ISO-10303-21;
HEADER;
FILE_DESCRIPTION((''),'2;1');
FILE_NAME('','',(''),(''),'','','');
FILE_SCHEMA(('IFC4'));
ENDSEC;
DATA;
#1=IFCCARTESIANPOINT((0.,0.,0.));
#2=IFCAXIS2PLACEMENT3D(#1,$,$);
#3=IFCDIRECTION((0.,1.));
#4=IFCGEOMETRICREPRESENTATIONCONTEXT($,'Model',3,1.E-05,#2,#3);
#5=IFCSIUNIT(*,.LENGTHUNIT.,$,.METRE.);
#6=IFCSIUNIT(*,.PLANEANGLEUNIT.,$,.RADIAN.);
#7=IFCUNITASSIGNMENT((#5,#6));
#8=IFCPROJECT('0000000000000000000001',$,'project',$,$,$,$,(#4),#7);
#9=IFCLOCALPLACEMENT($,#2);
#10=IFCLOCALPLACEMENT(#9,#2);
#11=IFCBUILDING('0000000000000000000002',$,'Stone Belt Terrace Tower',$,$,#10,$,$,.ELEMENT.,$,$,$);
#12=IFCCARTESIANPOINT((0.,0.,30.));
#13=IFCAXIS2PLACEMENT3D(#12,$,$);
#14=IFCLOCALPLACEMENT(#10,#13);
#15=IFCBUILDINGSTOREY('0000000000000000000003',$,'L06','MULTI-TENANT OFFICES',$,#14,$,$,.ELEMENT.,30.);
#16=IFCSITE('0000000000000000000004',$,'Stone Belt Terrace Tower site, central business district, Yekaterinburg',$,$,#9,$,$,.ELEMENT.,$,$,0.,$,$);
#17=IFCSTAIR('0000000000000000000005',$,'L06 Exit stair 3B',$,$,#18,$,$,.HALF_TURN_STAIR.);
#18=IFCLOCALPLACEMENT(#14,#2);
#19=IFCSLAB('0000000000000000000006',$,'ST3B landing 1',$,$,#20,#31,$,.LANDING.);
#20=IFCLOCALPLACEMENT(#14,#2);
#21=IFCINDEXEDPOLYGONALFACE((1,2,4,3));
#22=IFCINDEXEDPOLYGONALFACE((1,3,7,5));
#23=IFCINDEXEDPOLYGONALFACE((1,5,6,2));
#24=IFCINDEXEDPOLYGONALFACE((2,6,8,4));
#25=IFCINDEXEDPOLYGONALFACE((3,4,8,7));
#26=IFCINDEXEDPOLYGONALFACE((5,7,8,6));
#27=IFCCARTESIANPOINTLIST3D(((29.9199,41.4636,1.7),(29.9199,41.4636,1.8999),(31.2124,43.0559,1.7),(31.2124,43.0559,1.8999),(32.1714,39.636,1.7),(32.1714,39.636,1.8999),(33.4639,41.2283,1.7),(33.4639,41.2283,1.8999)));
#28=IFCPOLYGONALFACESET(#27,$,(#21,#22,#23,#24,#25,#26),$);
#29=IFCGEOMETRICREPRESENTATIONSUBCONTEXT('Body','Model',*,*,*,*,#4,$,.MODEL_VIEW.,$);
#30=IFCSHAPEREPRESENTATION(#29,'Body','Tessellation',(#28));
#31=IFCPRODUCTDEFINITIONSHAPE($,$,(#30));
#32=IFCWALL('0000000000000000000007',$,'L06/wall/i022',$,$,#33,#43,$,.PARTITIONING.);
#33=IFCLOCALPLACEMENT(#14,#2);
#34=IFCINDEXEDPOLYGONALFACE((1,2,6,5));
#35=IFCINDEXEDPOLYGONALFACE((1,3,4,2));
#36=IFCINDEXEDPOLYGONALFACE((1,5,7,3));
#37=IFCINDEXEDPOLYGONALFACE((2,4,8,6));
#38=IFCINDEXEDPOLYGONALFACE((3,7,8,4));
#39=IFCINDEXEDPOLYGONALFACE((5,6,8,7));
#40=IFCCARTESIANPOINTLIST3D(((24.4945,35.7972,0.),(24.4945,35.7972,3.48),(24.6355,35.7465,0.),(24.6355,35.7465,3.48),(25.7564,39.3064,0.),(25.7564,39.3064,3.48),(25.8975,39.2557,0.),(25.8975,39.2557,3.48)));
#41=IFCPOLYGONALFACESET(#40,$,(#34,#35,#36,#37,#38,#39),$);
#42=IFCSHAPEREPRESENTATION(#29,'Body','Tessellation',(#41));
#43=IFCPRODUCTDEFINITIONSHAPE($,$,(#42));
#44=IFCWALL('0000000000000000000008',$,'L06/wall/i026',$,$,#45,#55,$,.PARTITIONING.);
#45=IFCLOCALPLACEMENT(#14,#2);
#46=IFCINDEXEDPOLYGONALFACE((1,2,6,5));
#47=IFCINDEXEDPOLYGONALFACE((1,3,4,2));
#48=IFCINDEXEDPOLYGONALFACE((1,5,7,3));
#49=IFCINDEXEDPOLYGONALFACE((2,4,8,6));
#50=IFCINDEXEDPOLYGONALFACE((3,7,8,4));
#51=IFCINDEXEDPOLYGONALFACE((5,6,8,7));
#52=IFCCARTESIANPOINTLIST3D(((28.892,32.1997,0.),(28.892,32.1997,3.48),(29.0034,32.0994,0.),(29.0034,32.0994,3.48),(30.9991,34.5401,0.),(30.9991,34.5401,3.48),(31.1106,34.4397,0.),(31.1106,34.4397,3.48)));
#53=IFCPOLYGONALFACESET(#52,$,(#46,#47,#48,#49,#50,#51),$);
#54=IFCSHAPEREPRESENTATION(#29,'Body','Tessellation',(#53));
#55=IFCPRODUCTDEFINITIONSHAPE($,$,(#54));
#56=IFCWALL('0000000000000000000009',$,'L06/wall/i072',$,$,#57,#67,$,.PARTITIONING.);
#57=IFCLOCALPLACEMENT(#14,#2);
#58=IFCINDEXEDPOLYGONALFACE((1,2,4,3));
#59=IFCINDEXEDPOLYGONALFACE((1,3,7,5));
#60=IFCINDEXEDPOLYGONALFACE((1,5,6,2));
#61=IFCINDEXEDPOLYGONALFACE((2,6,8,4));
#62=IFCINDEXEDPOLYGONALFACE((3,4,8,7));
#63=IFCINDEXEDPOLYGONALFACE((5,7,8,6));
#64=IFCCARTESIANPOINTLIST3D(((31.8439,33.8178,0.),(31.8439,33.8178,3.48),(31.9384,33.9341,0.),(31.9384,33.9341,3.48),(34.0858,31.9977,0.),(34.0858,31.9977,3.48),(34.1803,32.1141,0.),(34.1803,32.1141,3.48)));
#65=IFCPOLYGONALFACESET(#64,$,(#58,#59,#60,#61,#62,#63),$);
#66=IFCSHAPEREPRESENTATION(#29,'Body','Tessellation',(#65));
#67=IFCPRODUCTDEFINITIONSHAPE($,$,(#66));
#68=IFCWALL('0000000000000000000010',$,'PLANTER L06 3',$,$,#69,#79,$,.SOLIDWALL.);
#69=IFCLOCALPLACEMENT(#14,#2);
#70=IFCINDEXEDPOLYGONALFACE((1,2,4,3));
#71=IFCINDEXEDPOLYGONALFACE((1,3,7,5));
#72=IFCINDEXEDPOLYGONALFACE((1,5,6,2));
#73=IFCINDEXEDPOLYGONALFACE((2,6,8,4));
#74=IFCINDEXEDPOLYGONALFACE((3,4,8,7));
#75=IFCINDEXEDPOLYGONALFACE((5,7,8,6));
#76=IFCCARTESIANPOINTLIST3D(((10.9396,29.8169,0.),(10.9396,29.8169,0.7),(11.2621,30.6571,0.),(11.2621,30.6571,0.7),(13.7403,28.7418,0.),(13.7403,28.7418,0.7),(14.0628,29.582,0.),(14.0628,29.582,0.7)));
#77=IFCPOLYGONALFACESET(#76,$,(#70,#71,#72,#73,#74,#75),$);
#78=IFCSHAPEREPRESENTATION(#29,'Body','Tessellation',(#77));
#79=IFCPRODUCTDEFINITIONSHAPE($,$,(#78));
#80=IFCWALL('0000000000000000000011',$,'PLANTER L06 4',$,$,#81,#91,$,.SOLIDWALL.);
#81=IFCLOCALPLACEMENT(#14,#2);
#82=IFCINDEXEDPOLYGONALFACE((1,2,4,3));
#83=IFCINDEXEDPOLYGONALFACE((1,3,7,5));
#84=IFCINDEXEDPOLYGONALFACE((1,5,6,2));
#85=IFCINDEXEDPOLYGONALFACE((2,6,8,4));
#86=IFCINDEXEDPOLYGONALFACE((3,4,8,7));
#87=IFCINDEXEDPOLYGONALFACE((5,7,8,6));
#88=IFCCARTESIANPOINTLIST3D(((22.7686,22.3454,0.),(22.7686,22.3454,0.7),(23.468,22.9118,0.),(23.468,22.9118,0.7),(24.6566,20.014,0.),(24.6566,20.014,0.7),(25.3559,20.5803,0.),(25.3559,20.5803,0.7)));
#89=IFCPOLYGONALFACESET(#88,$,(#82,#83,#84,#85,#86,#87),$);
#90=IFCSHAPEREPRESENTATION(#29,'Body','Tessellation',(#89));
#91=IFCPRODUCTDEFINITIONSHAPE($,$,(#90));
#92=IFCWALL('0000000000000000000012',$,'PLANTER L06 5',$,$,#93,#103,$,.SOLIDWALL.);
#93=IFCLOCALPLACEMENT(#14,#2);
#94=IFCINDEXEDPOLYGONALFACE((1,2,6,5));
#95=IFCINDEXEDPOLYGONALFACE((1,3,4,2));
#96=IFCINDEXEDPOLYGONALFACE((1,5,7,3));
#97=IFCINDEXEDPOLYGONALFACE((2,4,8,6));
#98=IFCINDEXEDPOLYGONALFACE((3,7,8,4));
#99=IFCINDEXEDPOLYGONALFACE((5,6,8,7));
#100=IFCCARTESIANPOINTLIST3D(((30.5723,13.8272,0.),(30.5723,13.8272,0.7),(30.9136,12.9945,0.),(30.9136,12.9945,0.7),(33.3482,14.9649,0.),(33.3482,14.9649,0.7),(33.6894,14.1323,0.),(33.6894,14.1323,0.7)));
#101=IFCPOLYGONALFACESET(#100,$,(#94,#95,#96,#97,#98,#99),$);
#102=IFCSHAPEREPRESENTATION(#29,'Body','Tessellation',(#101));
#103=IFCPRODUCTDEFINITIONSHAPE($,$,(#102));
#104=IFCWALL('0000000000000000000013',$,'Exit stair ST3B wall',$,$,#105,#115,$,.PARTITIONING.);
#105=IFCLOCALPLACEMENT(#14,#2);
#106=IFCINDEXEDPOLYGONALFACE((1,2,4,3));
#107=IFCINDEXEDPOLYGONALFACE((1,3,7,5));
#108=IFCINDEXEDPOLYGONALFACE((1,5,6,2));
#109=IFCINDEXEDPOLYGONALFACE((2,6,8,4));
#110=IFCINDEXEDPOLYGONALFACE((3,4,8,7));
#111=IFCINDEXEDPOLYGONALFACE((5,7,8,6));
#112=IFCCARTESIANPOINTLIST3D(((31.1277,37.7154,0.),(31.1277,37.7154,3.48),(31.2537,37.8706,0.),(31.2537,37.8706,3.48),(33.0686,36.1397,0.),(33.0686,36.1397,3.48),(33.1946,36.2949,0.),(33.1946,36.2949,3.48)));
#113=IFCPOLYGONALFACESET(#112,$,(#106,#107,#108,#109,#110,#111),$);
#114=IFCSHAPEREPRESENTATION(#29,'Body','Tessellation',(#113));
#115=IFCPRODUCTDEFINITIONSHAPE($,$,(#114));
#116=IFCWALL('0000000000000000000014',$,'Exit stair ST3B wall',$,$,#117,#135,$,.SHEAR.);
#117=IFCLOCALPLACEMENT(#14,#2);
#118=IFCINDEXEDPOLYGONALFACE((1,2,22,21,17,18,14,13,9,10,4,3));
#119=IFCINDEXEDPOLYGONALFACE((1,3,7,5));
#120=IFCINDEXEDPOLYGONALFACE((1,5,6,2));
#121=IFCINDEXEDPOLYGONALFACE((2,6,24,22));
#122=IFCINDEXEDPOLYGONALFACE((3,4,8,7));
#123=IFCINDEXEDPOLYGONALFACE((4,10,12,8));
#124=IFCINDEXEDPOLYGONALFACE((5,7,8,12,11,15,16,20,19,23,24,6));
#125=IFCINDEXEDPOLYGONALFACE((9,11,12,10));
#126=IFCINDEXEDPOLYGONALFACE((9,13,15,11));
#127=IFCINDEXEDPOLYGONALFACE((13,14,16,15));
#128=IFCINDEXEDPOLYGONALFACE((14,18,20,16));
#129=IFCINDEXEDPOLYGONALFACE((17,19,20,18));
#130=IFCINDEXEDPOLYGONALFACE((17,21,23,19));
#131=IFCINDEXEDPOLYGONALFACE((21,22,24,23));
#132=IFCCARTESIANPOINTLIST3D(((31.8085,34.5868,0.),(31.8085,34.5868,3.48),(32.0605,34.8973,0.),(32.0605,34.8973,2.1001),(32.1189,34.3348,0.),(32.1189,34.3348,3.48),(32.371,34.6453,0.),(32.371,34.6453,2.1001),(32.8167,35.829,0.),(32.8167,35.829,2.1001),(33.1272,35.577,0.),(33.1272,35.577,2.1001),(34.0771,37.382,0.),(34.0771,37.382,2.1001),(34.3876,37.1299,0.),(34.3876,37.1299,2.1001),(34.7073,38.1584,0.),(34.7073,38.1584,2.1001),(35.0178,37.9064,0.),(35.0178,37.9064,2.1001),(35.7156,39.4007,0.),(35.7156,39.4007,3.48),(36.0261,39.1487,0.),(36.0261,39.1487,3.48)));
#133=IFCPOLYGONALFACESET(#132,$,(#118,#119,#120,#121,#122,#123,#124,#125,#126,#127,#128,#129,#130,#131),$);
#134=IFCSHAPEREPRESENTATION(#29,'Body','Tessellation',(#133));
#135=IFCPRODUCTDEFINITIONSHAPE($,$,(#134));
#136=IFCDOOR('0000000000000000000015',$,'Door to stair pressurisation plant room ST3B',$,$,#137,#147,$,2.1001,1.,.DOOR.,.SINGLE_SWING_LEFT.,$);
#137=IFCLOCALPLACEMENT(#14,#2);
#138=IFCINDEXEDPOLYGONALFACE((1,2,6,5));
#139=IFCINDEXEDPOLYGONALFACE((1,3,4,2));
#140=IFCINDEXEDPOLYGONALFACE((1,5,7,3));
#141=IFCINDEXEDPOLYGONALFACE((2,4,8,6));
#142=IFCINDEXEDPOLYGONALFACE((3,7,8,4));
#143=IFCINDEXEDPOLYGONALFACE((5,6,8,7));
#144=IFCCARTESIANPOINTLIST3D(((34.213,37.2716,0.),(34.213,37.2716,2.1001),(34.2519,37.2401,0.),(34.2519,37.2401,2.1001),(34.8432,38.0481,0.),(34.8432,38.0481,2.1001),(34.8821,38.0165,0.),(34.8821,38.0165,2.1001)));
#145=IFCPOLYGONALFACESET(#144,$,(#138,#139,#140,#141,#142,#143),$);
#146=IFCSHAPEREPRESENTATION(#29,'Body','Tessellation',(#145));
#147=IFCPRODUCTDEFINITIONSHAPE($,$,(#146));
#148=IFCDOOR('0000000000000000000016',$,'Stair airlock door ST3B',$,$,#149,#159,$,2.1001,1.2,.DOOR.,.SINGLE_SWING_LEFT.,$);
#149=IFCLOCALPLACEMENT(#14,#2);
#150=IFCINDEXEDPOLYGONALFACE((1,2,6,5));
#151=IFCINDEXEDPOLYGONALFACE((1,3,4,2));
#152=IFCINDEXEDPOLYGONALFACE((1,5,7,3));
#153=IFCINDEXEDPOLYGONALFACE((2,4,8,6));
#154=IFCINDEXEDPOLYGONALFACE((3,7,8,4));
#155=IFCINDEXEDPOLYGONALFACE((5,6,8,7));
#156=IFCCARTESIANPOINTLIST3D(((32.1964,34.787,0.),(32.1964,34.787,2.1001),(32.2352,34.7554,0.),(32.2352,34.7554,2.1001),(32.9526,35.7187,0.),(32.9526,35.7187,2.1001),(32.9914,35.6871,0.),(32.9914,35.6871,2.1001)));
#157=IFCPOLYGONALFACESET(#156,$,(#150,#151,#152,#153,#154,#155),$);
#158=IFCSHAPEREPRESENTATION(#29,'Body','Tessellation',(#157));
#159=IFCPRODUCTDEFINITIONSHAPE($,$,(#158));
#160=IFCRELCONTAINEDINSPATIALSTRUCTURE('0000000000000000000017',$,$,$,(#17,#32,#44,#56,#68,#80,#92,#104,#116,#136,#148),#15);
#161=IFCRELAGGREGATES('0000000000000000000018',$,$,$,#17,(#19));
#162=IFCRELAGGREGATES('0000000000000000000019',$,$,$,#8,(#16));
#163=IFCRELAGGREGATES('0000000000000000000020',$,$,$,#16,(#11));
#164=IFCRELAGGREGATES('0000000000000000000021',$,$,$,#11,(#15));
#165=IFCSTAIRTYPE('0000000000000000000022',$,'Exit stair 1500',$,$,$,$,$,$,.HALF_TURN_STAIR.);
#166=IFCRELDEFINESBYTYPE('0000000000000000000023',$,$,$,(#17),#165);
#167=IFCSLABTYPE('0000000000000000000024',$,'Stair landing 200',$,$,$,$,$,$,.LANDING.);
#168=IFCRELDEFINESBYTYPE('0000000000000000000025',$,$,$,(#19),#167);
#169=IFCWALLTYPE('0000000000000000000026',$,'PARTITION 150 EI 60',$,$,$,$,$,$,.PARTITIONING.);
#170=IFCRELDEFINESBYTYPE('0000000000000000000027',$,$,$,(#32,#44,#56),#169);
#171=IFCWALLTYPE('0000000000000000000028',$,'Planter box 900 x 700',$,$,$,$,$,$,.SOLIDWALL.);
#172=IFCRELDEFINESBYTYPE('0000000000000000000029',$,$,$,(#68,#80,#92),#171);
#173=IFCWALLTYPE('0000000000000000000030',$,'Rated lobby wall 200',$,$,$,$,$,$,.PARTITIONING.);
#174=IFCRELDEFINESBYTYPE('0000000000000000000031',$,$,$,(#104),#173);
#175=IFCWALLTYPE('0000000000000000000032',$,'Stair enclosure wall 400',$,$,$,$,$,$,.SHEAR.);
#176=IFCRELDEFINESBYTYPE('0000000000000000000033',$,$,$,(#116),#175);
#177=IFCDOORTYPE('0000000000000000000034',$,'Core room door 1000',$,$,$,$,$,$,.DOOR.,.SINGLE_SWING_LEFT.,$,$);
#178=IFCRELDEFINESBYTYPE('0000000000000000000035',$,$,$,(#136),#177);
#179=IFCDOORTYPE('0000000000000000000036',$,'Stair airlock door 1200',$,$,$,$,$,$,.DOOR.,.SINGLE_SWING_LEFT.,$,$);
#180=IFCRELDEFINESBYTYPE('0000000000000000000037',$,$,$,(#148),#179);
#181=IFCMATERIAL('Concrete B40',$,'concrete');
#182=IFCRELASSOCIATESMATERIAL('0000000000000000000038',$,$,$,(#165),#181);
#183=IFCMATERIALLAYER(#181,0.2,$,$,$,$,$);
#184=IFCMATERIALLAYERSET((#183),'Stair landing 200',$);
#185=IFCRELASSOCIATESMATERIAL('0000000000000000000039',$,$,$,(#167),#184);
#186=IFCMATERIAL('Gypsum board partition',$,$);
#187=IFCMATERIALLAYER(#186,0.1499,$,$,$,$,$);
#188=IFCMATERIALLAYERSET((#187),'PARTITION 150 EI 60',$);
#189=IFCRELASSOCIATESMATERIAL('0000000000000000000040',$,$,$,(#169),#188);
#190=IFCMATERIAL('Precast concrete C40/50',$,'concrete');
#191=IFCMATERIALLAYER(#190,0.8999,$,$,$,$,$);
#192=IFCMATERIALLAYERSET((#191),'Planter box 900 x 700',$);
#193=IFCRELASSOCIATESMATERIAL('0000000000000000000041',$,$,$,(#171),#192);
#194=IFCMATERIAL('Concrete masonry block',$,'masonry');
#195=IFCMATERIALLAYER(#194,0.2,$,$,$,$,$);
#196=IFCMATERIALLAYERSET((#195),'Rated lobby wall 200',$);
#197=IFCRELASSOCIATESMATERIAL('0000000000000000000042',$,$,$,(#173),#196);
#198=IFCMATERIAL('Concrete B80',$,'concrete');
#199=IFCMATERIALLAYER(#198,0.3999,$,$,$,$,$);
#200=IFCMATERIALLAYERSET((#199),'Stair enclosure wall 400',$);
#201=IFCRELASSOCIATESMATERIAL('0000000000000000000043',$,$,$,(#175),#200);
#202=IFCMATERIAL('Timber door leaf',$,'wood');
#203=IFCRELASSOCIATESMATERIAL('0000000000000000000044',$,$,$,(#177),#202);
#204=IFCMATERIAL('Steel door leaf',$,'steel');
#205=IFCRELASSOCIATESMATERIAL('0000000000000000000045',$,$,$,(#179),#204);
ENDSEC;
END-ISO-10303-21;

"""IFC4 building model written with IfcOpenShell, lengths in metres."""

from ifc_helpers import new_model, si_unit, direction, frame, frame_2d, origin, origin_2d, place, context, subcontext, project, spatial, polyline, rectangle, outline, extrude, material, layer, layer_set, type_object, element, fill, aggregate, save


model = new_model("IFC4")

# Units and contexts
model_context = context("Model", 3, precision=1e-05, world=origin(), true_north=direction((0.0, 1.0)))
body_context = subcontext(model_context, "Body", "Model", "MODEL_VIEW")
ifc_project = project(units=[si_unit("LENGTHUNIT", "METRE"), si_unit("PLANEANGLEUNIT", "RADIAN")], contexts=[model_context])

# Site, building, storey
site_placement = place(None, origin())
site = spatial("IfcSite", under=ifc_project, at=site_placement, Name="Stone Belt Terrace Tower site, central business district, Yekaterinburg", CompositionType="ELEMENT", RefElevation=0.0)
building_placement = place(site_placement, origin())
building = spatial("IfcBuilding", under=site, at=building_placement, Name="Stone Belt Terrace Tower", CompositionType="ELEMENT")
storey_placement = place(building_placement, frame((0.0, 0.0, 30.0)))
storey = spatial("IfcBuildingStorey", under=building, at=storey_placement, Name="L06", Description="MULTI-TENANT OFFICES", CompositionType="ELEMENT", Elevation=30.0)

# Shared definitions
ifc_material_1 = material(Name="Concrete B80", Category="concrete")

# Shared definitions
ifc_material_2 = material(Name="Concrete B40", Category="concrete")

# Stair, slab
stair_type = type_object("IfcStairType", Name="Exit stair 1500", PredefinedType="HALF_TURN_STAIR", material=ifc_material_2)
ifc_layer_1 = layer(ifc_material_2, 0.2)
ifc_layer_set_1 = layer_set([ifc_layer_1], Name="Stair landing 200")
slab_type_1 = type_object("IfcSlabType", Name="Stair landing 200", PredefinedType="LANDING", material=ifc_layer_set_1)
stair_1_placement = place(storey_placement, origin())
stair_1 = element("IfcStair", 1, at=stair_1_placement, inside=storey, type_object=stair_type, Name="L06 Exit stair 3B", PredefinedType="HALF_TURN_STAIR")
slab_1_placement = place(storey_placement, frame((0.0, 0.0, 1.7)))
slab_1 = element("IfcSlab", 2, at=slab_1_placement, type_object=slab_type_1, Name="ST3B landing 1", PredefinedType="LANDING", context=body_context, shape_type="SweptSolid", body=[
    extrude(outline(polyline([(32.1714, 39.636), (33.4639, 41.2283), (31.2124, 43.0559), (29.9199, 41.4636), (32.1714, 39.636)])), origin(), (0.0, 0.0, 1.0), 0.2),
])

# Walls
ifc_material_3 = material(Name="Gypsum board partition")
ifc_layer_2 = layer(ifc_material_3, 0.1499)
ifc_layer_set_2 = layer_set([ifc_layer_2], Name="PARTITION 150 EI 60")
wall_type_1 = type_object("IfcWallType", Name="PARTITION 150 EI 60", PredefinedType="PARTITIONING", material=ifc_layer_set_2)
wall_1_placement = place(storey_placement, frame((24.5649, 35.7717, 0.0), z_axis=(0.0, 0.0, 1.0), x_axis=(0.338393, 0.941005, 0.0)))
element("IfcWall", 3, at=wall_1_placement, inside=storey, type_object=wall_type_1, Name="L06/wall/i022", PredefinedType="PARTITIONING", context=body_context, shape_type="SweptSolid", body=[
    extrude(rectangle(XDim=3.7292, YDim=0.1499, at=frame_2d((1.8647, 0.0))), origin(), (0.0, 0.0, 1.0), 3.48),
])
wall_2_placement = place(storey_placement, frame((31.0549, 34.49, 0.0), z_axis=(0.0, 0.0, 1.0), x_axis=(-0.669119, -0.743155, 0.0)))
element("IfcWall", 4, at=wall_2_placement, inside=storey, type_object=wall_type_1, Name="L06/wall/i026", PredefinedType="PARTITIONING", context=body_context, shape_type="SweptSolid", body=[
    extrude(rectangle(XDim=3.1492, YDim=0.1499, at=frame_2d((1.5747, 0.0))), origin(), (0.0, 0.0, 1.0), 3.48),
])
wall_3_placement = place(storey_placement, frame((34.1331, 32.0559, 0.0), z_axis=(0.0, 0.0, 1.0), x_axis=(-0.77637, 0.630277, 0.0)))
element("IfcWall", 5, at=wall_3_placement, inside=storey, type_object=wall_type_1, Name="L06/wall/i072", PredefinedType="PARTITIONING", context=body_context, shape_type="SweptSolid", body=[
    extrude(rectangle(XDim=2.8877, YDim=0.1499, at=frame_2d((1.4438, 0.0))), origin(), (0.0, 0.0, 1.0), 3.48),
])
ifc_material_4 = material(Name="Precast concrete C40/50", Category="concrete")
ifc_layer_3 = layer(ifc_material_4, 0.8999)
ifc_layer_set_3 = layer_set([ifc_layer_3], Name="Planter box 900 x 700")
wall_type_2 = type_object("IfcWallType", Name="Planter box 900 x 700", PredefinedType="SOLIDWALL", material=ifc_layer_set_3)
for number, where, z_axis, x_axis, name in (
    (6, (12.5012, 29.6995, 0.0), (0.0, 0.0, 1.0), (0.93358, -0.358368, 0.0), "PLANTER L06 3"),
    (7, (24.0623, 21.4629, 0.0), (0.0, 0.0, 1.0), (0.62932, -0.777146, 0.0), "PLANTER L06 4"),
    (8, (32.1309, 13.9797, 0.0), (0.0, 0.0, 1.0), (0.925297, 0.379243, 0.0), "PLANTER L06 5"),
):
    element("IfcWall", number, at=place(storey_placement, frame(where, z_axis=z_axis, x_axis=x_axis)), inside=storey, type_object=wall_type_2, Name=name, PredefinedType="SOLIDWALL", context=body_context, shape_type="SweptSolid", body=[
        extrude(rectangle(XDim=3.0, YDim=0.8999, at=origin_2d()), origin(), (0.0, 0.0, 1.0), 0.7),
    ])
ifc_material_5 = material(Name="Concrete masonry block", Category="masonry")
ifc_layer_4 = layer(ifc_material_5, 0.2)
ifc_layer_set_4 = layer_set([ifc_layer_4], Name="Rated lobby wall 200")
wall_type_3 = type_object("IfcWallType", Name="Rated lobby wall 200", PredefinedType="PARTITIONING", material=ifc_layer_set_4)
wall_4_placement = place(storey_placement, frame((31.1907, 37.793, 0.0), z_axis=(0.0, 0.0, 1.0), x_axis=(0.776371, -0.630276, 0.0)))
element("IfcWall", 9, at=wall_4_placement, inside=storey, type_object=wall_type_3, Name="Exit stair ST3B wall", PredefinedType="PARTITIONING", context=body_context, shape_type="SweptSolid", body=[
    extrude(rectangle(XDim=2.5, YDim=0.2, at=frame_2d((1.25, 0.0))), origin(), (0.0, 0.0, 1.0), 3.48),
])

# Wall, openings, doors
ifc_layer_5 = layer(ifc_material_1, 0.3999)
ifc_layer_set_5 = layer_set([ifc_layer_5], Name="Stair enclosure wall 400")
wall_type_4 = type_object("IfcWallType", Name="Stair enclosure wall 400", PredefinedType="SHEAR", material=ifc_layer_set_5)
wall_5_placement = place(storey_placement, frame((31.9636, 34.4607, 0.0), z_axis=(0.0, 0.0, 1.0), x_axis=(0.630192, 0.776439, 0.0)))
wall_5 = element("IfcWall", 10, at=wall_5_placement, inside=storey, type_object=wall_type_4, Name="Exit stair ST3B wall", PredefinedType="SHEAR", context=body_context, shape_type="SweptSolid", body=[
    extrude(rectangle(XDim=6.2, YDim=0.3999, at=frame_2d((3.1001, 0.0))), origin(), (0.0, 0.0, 1.0), 3.48),
])
opening_1_placement = place(wall_5_placement, frame((0.3999, 0.0, 0.0)))
opening_1 = element("IfcOpeningElement", 11, at=opening_1_placement, cuts=wall_5, PredefinedType="OPENING", context=body_context, shape_type="SweptSolid", body=[
    extrude(rectangle(XDim=1.2, YDim=2.1001, at=frame_2d((0.6001, 1.05))), frame((0.0, 0.21, 0.0), z_axis=(0.0, -1.0, 0.0), x_axis=(1.0, 0.0, 0.0)), (0.0, 0.0, 1.0), 0.4199),
])
opening_2_placement = place(wall_5_placement, frame((3.6001, 0.0, 0.0)))
opening_2 = element("IfcOpeningElement", 12, at=opening_2_placement, cuts=wall_5, PredefinedType="OPENING", context=body_context, shape_type="SweptSolid", body=[
    extrude(rectangle(XDim=1.0, YDim=2.1001, at=frame_2d((0.5, 1.05))), frame((0.0, 0.21, 0.0), z_axis=(0.0, -1.0, 0.0), x_axis=(1.0, 0.0, 0.0)), (0.0, 0.0, 1.0), 0.4199),
])
ifc_material_6 = material(Name="Timber door leaf", Category="wood")
door_type_1 = type_object("IfcDoorType", Name="Core room door 1000", OperationType="SINGLE_SWING_LEFT", PredefinedType="DOOR", material=ifc_material_6)
door_1_placement = place(opening_2_placement, origin())
door_1 = element("IfcDoor", 13, at=door_1_placement, inside=storey, type_object=door_type_1, Name="Door to stair pressurisation plant room ST3B", OperationType="SINGLE_SWING_LEFT", OverallHeight=2.1001, OverallWidth=1.0, PredefinedType="DOOR", context=body_context, shape_type="SweptSolid", body=[
    extrude(rectangle(XDim=1.0, YDim=2.1001, at=frame_2d((0.5, 1.05))), frame((0.0, 0.0249, 0.0), z_axis=(0.0, -1.0, 0.0), x_axis=(1.0, 0.0, 0.0)), (0.0, 0.0, 1.0), 0.05),
])
fill(opening_2, door_1)
ifc_material_7 = material(Name="Steel door leaf", Category="steel")
door_type_2 = type_object("IfcDoorType", Name="Stair airlock door 1200", OperationType="SINGLE_SWING_LEFT", PredefinedType="DOOR", material=ifc_material_7)
door_2_placement = place(opening_1_placement, origin())
door_2 = element("IfcDoor", 14, at=door_2_placement, inside=storey, type_object=door_type_2, Name="Stair airlock door ST3B", OperationType="SINGLE_SWING_LEFT", OverallHeight=2.1001, OverallWidth=1.2, PredefinedType="DOOR", context=body_context, shape_type="SweptSolid", body=[
    extrude(rectangle(XDim=1.2, YDim=2.1001, at=frame_2d((0.6001, 1.05))), frame((0.0, 0.0249, 0.0), z_axis=(0.0, -1.0, 0.0), x_axis=(1.0, 0.0, 0.0)), (0.0, 0.0, 1.0), 0.05),
])
fill(opening_1, door_2)

aggregate(stair_1, [slab_1])

save(model, "model.ifc")
